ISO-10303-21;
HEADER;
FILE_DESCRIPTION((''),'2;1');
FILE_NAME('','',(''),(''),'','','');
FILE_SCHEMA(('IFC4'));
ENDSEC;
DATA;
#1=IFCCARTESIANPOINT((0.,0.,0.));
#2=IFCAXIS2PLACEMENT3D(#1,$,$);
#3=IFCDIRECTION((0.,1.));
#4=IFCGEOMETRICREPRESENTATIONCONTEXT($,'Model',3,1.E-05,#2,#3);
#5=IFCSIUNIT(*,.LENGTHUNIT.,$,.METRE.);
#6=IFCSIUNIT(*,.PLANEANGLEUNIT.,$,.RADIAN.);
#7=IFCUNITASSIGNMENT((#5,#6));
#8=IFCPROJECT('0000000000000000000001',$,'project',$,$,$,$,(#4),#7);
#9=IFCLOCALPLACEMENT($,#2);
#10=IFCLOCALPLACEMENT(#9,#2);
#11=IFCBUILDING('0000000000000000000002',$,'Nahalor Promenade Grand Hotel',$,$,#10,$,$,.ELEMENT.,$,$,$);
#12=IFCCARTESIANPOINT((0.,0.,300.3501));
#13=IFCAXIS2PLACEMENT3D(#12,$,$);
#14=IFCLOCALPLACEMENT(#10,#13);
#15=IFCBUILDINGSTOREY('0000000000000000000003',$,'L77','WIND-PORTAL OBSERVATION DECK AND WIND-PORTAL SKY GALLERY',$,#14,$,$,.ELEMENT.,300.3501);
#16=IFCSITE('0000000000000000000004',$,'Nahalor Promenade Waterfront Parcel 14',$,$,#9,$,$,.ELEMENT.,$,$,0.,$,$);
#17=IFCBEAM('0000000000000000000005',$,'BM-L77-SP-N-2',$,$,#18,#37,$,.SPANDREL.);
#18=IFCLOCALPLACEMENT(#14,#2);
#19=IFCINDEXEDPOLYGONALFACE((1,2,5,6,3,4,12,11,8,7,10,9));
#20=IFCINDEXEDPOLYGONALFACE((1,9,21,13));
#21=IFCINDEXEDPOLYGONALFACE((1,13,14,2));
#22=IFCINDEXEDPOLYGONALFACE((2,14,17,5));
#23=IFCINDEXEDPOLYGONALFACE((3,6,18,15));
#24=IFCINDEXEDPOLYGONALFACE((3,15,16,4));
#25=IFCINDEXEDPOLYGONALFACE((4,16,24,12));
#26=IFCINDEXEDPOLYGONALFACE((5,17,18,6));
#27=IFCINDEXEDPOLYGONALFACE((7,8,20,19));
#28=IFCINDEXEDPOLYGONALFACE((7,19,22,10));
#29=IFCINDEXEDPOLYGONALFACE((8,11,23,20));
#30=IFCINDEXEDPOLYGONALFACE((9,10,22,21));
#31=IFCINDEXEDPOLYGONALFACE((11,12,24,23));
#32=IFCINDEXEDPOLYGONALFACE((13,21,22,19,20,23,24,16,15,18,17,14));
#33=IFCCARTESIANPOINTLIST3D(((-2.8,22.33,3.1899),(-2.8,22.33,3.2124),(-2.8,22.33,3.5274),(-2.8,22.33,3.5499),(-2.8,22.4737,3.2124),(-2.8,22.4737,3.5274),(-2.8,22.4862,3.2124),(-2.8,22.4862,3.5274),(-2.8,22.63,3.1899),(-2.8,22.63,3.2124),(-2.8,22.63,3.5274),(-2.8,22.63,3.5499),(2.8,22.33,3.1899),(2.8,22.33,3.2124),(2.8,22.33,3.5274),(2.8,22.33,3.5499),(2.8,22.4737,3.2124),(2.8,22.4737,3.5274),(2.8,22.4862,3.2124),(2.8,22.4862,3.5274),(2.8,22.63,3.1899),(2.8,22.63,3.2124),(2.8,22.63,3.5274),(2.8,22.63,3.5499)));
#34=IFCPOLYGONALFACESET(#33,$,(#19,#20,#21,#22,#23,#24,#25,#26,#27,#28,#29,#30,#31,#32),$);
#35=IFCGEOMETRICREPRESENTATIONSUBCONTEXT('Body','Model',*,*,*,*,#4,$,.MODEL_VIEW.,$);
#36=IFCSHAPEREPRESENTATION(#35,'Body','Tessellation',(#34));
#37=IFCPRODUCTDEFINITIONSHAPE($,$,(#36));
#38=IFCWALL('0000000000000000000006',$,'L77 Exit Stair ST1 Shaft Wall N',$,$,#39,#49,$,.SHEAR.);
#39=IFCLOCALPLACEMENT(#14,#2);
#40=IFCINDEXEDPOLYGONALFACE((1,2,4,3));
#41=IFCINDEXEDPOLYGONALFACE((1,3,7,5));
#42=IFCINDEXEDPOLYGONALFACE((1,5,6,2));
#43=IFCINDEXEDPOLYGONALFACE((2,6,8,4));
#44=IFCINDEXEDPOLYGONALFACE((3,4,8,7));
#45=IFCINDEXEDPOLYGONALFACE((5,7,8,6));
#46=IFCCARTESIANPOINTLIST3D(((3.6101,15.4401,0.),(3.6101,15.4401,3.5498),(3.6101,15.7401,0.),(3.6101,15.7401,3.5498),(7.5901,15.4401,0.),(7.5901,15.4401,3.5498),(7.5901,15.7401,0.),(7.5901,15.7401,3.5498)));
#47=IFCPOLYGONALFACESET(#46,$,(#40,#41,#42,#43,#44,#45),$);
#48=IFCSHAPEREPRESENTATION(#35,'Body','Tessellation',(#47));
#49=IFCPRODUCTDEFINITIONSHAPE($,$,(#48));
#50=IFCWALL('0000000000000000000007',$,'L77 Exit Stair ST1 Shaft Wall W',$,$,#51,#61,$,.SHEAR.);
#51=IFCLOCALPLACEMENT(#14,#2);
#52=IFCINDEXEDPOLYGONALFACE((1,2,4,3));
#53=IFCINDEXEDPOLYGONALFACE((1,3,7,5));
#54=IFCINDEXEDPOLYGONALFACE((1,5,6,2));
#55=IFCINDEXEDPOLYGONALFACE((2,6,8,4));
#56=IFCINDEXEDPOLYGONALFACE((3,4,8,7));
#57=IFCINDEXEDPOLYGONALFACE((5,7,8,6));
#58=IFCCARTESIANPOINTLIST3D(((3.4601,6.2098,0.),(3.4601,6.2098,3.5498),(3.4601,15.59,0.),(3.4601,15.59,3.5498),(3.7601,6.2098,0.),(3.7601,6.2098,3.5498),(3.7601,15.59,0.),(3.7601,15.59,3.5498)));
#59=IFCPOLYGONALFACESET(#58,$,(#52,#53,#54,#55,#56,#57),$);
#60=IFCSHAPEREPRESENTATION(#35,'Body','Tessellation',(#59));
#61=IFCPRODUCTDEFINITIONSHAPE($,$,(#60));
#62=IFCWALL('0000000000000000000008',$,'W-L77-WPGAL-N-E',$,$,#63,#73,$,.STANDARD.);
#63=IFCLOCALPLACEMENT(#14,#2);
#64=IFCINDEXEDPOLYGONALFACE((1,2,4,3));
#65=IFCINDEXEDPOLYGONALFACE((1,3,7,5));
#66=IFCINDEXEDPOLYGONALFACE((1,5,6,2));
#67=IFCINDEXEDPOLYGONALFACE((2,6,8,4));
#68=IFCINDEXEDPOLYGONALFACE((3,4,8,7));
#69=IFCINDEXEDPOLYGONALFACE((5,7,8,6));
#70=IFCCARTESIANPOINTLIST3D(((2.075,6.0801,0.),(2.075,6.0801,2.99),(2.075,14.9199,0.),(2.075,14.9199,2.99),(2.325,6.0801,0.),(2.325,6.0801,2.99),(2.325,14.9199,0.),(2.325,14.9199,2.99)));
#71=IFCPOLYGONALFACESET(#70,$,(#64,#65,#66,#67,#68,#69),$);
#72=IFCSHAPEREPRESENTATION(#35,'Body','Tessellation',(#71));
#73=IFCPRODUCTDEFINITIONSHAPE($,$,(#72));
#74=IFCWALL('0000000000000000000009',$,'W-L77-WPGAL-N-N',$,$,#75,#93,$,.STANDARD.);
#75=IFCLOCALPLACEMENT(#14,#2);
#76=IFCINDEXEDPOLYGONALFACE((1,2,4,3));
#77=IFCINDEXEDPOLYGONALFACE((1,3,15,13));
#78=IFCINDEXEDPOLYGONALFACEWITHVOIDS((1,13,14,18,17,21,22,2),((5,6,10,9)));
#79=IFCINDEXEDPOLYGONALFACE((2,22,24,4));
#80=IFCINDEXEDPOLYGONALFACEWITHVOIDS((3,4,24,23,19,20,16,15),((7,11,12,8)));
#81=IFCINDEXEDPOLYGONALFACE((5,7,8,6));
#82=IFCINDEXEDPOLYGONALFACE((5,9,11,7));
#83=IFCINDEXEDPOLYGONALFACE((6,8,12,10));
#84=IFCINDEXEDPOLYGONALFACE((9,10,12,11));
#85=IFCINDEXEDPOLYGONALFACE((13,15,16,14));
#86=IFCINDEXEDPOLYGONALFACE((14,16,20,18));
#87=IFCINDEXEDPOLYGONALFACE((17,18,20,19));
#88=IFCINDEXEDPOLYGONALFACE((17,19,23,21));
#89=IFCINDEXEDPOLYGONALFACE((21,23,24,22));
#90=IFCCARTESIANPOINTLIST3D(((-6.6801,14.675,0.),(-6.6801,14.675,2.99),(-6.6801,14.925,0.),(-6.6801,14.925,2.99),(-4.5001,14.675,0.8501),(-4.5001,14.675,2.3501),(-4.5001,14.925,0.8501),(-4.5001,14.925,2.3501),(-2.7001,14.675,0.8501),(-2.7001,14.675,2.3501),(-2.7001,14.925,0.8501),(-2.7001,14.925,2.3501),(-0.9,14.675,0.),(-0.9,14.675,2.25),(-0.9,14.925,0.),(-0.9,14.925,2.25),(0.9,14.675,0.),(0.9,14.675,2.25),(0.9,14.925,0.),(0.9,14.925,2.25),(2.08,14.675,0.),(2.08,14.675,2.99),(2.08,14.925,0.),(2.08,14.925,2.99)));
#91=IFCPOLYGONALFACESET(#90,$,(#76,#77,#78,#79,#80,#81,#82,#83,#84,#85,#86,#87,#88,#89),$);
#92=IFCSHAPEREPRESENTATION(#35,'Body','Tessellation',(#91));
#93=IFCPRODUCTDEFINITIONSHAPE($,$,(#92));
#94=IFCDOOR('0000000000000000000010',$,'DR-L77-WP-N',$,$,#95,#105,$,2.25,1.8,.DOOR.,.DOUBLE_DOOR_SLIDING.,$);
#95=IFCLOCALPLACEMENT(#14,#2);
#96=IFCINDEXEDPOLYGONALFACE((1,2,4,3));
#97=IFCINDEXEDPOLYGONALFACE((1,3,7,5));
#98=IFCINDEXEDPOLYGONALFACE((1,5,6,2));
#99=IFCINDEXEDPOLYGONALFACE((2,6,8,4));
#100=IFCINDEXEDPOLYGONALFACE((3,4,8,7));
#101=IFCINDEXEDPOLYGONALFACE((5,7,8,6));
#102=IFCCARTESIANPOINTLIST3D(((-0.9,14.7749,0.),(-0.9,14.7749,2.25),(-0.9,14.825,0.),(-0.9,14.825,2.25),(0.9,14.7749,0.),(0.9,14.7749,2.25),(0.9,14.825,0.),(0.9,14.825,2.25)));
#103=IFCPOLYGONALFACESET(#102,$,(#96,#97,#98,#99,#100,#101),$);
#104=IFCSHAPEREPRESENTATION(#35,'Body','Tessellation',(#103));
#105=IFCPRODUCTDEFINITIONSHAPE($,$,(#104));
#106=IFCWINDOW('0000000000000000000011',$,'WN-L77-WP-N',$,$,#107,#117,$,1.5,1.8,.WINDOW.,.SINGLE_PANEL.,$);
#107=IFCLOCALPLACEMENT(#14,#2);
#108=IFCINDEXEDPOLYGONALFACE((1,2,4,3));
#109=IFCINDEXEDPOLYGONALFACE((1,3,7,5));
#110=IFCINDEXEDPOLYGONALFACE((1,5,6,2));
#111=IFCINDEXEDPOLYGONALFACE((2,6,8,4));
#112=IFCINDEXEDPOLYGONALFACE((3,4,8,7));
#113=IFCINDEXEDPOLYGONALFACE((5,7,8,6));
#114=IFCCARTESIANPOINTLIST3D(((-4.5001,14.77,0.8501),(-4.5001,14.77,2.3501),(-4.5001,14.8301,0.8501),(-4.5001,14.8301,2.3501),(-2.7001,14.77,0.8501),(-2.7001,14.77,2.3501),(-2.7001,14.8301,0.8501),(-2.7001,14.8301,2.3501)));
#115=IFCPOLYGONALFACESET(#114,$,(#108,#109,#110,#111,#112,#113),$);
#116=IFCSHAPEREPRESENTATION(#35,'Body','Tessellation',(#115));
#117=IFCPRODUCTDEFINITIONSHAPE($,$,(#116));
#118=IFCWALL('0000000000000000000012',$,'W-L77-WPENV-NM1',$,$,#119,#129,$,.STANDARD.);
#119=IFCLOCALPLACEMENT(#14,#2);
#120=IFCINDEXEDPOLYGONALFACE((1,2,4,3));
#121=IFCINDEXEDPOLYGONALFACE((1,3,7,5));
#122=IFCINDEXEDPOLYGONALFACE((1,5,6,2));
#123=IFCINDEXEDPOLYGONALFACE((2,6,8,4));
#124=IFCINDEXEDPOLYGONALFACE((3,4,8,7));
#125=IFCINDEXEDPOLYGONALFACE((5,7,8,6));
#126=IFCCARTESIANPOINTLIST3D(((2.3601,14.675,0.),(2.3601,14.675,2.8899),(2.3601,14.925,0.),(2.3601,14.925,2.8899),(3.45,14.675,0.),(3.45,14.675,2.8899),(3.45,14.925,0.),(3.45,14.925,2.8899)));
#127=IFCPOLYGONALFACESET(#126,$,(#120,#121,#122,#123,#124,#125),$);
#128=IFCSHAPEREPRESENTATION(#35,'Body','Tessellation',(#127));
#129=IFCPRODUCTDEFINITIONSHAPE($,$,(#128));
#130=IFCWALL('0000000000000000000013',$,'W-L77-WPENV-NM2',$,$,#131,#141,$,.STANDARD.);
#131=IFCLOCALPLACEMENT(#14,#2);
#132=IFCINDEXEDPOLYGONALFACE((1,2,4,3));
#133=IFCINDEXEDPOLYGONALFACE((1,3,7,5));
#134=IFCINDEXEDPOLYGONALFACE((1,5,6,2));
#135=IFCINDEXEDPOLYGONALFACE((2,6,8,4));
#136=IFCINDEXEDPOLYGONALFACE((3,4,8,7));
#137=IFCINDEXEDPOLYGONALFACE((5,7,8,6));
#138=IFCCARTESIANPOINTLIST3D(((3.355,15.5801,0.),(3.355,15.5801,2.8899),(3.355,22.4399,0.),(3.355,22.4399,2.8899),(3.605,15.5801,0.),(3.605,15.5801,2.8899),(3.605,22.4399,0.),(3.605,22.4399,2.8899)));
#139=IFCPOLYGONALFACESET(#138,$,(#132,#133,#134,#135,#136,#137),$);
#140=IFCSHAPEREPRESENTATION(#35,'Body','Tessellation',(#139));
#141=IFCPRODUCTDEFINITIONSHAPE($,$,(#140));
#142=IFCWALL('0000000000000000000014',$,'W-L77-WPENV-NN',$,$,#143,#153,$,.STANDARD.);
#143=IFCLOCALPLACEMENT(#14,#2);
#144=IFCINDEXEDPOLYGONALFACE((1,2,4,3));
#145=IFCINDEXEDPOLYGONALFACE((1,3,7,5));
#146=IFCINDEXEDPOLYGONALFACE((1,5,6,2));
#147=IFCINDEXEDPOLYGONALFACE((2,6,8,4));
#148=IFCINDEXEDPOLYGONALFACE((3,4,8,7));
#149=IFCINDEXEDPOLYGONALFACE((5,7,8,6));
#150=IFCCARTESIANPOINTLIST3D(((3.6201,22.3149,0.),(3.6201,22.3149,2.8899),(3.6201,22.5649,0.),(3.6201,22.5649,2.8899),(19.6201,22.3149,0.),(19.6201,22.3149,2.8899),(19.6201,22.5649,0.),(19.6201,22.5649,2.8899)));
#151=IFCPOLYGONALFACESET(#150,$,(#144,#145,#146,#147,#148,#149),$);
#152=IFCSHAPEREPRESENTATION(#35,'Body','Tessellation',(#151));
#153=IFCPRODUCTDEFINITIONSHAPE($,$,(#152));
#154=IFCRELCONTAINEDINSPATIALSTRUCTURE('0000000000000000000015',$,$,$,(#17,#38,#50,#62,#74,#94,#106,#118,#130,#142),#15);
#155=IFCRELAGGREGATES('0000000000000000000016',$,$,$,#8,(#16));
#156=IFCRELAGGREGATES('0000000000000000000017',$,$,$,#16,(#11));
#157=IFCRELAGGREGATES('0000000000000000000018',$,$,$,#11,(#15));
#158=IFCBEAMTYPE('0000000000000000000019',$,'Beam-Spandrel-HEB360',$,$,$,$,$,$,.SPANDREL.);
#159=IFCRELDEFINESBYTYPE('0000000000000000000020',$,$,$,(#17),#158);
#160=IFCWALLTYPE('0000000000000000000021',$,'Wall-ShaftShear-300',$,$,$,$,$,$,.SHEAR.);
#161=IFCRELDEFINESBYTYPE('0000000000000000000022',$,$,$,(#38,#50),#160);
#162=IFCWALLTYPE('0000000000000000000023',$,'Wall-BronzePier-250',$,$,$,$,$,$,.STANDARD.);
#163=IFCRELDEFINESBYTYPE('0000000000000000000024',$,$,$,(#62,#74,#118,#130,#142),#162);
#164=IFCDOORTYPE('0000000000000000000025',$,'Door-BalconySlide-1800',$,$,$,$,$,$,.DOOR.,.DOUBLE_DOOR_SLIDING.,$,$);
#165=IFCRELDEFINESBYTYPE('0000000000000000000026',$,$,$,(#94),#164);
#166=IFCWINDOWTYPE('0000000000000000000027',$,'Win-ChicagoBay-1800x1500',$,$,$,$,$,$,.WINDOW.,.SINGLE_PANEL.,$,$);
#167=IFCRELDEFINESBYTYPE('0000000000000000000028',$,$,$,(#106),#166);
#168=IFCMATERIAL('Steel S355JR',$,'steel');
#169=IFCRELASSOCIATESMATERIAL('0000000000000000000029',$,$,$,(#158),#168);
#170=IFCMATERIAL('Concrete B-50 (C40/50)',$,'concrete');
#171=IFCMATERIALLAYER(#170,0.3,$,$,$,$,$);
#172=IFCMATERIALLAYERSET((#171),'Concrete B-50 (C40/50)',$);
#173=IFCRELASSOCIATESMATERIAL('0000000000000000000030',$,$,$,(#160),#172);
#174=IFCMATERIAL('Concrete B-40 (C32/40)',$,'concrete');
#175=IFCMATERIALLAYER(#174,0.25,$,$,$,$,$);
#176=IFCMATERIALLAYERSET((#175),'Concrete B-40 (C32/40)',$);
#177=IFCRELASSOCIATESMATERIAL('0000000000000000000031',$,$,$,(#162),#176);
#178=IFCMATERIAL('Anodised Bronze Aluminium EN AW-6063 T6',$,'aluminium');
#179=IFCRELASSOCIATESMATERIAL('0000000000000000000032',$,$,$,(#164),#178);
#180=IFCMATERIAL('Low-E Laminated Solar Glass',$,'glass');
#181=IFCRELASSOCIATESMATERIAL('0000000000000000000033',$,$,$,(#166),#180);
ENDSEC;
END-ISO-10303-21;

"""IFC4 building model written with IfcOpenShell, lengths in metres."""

from ifc_helpers import new_model, si_unit, direction, frame, frame_2d, origin, origin_2d, place, context, subcontext, project, spatial, rectangle, i_section, extrude, source, transform, mapped, material, layer, layer_set, material_profile, profile_set, type_object, element, fill, save


model = new_model("IFC4")

# Units and contexts
model_context = context("Model", 3, precision=1e-05, world=origin(), true_north=direction((0.0, 1.0)))
body_context = subcontext(model_context, "Body", "Model", "MODEL_VIEW")
ifc_project = project(units=[si_unit("LENGTHUNIT", "METRE"), si_unit("PLANEANGLEUNIT", "RADIAN")], contexts=[model_context])

# Site, building, storey
site_placement = place(None, origin())
site = spatial("IfcSite", under=ifc_project, at=site_placement, Name="Nahalor Promenade Waterfront Parcel 14", CompositionType="ELEMENT", RefElevation=0.0)
building_placement = place(site_placement, origin())
building = spatial("IfcBuilding", under=site, at=building_placement, Name="Nahalor Promenade Grand Hotel", CompositionType="ELEMENT")
storey_placement = place(building_placement, frame((0.0, 0.0, 300.3501)))
storey = spatial("IfcBuildingStorey", under=building, at=storey_placement, Name="L77", Description="WIND-PORTAL OBSERVATION DECK AND WIND-PORTAL SKY GALLERY", CompositionType="ELEMENT", Elevation=300.3501)

# Shared definitions
ifc_material_1 = material(Name="Concrete B-50 (C40/50)", Category="concrete")
ifc_material_2 = material(Name="Steel S355JR", Category="steel")

# Beam
ifc_material_profile_1 = material_profile(ifc_material_2, i_section(OverallWidth=0.3, OverallDepth=0.36, WebThickness=0.0125, FlangeThickness=0.0225, at=origin_2d()), Name="HEB 360")
ifc_profile_set_1 = profile_set([ifc_material_profile_1], Name="Steel S355JR")
beam_type_1 = type_object("IfcBeamType", Name="Beam-Spandrel-HEB360", PredefinedType="SPANDREL", material=ifc_profile_set_1)
shared_shape_1 = source(origin(), body_context, "Body", "SweptSolid", [
    extrude(i_section(OverallWidth=0.3, OverallDepth=0.36, WebThickness=0.0125, FlangeThickness=0.0225, at=origin_2d()), origin(), (0.0, 0.0, 1.0), 5.6001),
])
beam_1_placement = place(storey_placement, frame((-2.8, 22.48, 3.3699), z_axis=(1.0, 0.0, 0.0), x_axis=(0.0, 1.0, 0.0)))
element("IfcBeam", 1, at=beam_1_placement, inside=storey, type_object=beam_type_1, Name="BM-L77-SP-N-2", PredefinedType="SPANDREL", context=body_context, shape_type="MappedRepresentation", body=[
    mapped(shared_shape_1, transform((0.0, 0.0, 0.0), scale=1.0)),
])

# Shared definitions
ifc_layer_1 = layer(ifc_material_1, 0.3)
ifc_layer_set_1 = layer_set([ifc_layer_1], Name="Concrete B-50 (C40/50)")
wall_type_1 = type_object("IfcWallType", Name="Wall-ShaftShear-300", PredefinedType="SHEAR", material=ifc_layer_set_1)
shared_shape_2 = source(origin(), body_context, "Body", "SweptSolid", [
    extrude(rectangle(XDim=3.98, YDim=0.3, at=frame_2d((1.99, 0.0))), origin(), (0.0, 0.0, 1.0), 3.5498),
])

# Walls
wall_1_placement = place(storey_placement, frame((3.6101, 15.5901, 0.0), z_axis=(0.0, 0.0, 1.0), x_axis=(1.0, 0.0, 0.0)))
element("IfcWall", 2, at=wall_1_placement, inside=storey, type_object=wall_type_1, Name="L77 Exit Stair ST1 Shaft Wall N", PredefinedType="SHEAR", context=body_context, shape_type="MappedRepresentation", body=[
    mapped(shared_shape_2, transform((0.0, 0.0, 0.0), scale=1.0)),
])
shared_shape_3 = source(origin(), body_context, "Body", "SweptSolid", [
    extrude(rectangle(XDim=9.3801, YDim=0.3, at=frame_2d((4.6899, 0.0))), origin(), (0.0, 0.0, 1.0), 3.5498),
])
wall_2_placement = place(storey_placement, frame((3.6101, 6.21, 0.0), z_axis=(0.0, 0.0, 1.0), x_axis=(0.0, 1.0, 0.0)))
element("IfcWall", 3, at=wall_2_placement, inside=storey, type_object=wall_type_1, Name="L77 Exit Stair ST1 Shaft Wall W", PredefinedType="SHEAR", context=body_context, shape_type="MappedRepresentation", body=[
    mapped(shared_shape_3, transform((0.0, 0.0, 0.0), scale=1.0)),
])
ifc_material_3 = material(Name="Concrete B-40 (C32/40)", Category="concrete")
ifc_layer_2 = layer(ifc_material_3, 0.25)
ifc_layer_set_2 = layer_set([ifc_layer_2], Name="Concrete B-40 (C32/40)")
wall_type_2 = type_object("IfcWallType", Name="Wall-BronzePier-250", PredefinedType="STANDARD", material=ifc_layer_set_2)
shared_shape_4 = source(origin(), body_context, "Body", "SweptSolid", [
    extrude(rectangle(XDim=8.8398, YDim=0.25, at=frame_2d((4.4199, 0.0))), origin(), (0.0, 0.0, 1.0), 2.99),
])
wall_3_placement = place(storey_placement, frame((2.2, 6.0801, 0.0), z_axis=(0.0, 0.0, 1.0), x_axis=(0.0, 1.0, 0.0)))
element("IfcWall", 4, at=wall_3_placement, inside=storey, type_object=wall_type_2, Name="W-L77-WPGAL-N-E", PredefinedType="STANDARD", context=body_context, shape_type="MappedRepresentation", body=[
    mapped(shared_shape_4, transform((0.0, 0.0, 0.0), scale=1.0)),
])

# Wall, openings, door, window
shared_shape_5 = source(origin(), body_context, "Body", "SweptSolid", [
    extrude(rectangle(XDim=8.76, YDim=0.25, at=frame_2d((4.3799, 0.0))), origin(), (0.0, 0.0, 1.0), 2.99),
])
wall_4_placement = place(storey_placement, frame((-6.6799, 14.8, 0.0), z_axis=(0.0, 0.0, 1.0), x_axis=(1.0, 0.0, 0.0)))
wall_4 = element("IfcWall", 5, at=wall_4_placement, inside=storey, type_object=wall_type_2, Name="W-L77-WPGAL-N-N", PredefinedType="STANDARD", context=body_context, shape_type="MappedRepresentation", body=[
    mapped(shared_shape_5, transform((0.0, 0.0, 0.0), scale=1.0)),
])
opening_1_placement = place(wall_4_placement, frame((5.78, 0.0, 0.0)))
opening_1 = element("IfcOpeningElement", 6, at=opening_1_placement, cuts=wall_4, PredefinedType="OPENING", context=body_context, shape_type="SweptSolid", body=[
    extrude(rectangle(XDim=1.8, YDim=2.25, at=frame_2d((0.8999, 1.125))), frame((0.0, 0.135, 0.0), z_axis=(0.0, -1.0, 0.0), x_axis=(1.0, 0.0, 0.0)), (0.0, 0.0, 1.0), 0.27),
])
opening_2_placement = place(wall_4_placement, frame((2.1799, 0.0, 0.8501)))
opening_2 = element("IfcOpeningElement", 7, at=opening_2_placement, cuts=wall_4, PredefinedType="OPENING", context=body_context, shape_type="SweptSolid", body=[
    extrude(rectangle(XDim=1.8, YDim=1.5, at=frame_2d((0.8999, 0.75))), frame((0.0, 0.135, 0.0), z_axis=(0.0, -1.0, 0.0), x_axis=(1.0, 0.0, 0.0)), (0.0, 0.0, 1.0), 0.27),
])
ifc_material_4 = material(Name="Anodised Bronze Aluminium EN AW-6063 T6", Category="aluminium")
door_type_1 = type_object("IfcDoorType", Name="Door-BalconySlide-1800", OperationType="DOUBLE_DOOR_SLIDING", PredefinedType="DOOR", material=ifc_material_4)
shared_shape_6 = source(origin(), body_context, "Body", "SweptSolid", [
    extrude(rectangle(XDim=1.8, YDim=2.25, at=frame_2d((0.8999, 1.125))), frame((0.0, 0.0249, 0.0), z_axis=(0.0, -1.0, 0.0), x_axis=(1.0, 0.0, 0.0)), (0.0, 0.0, 1.0), 0.05),
])
door_1_placement = place(opening_1_placement, origin())
door_1 = element("IfcDoor", 8, at=door_1_placement, inside=storey, type_object=door_type_1, Name="DR-L77-WP-N", OperationType="DOUBLE_DOOR_SLIDING", OverallHeight=2.25, OverallWidth=1.8, PredefinedType="DOOR", context=body_context, shape_type="MappedRepresentation", body=[
    mapped(shared_shape_6, transform((0.0, 0.0, 0.0), scale=1.0)),
])
fill(opening_1, door_1)
ifc_material_5 = material(Name="Low-E Laminated Solar Glass", Category="glass")
window_type = type_object("IfcWindowType", Name="Win-ChicagoBay-1800x1500", PartitioningType="SINGLE_PANEL", PredefinedType="WINDOW", material=ifc_material_5)
shared_shape_7 = source(origin(), body_context, "Body", "SweptSolid", [
    extrude(rectangle(XDim=1.8, YDim=1.5, at=frame_2d((0.8999, 0.75))), frame((0.0, 0.03, 0.0), z_axis=(0.0, -1.0, 0.0), x_axis=(1.0, 0.0, 0.0)), (0.0, 0.0, 1.0), 0.0601),
])
window_placement = place(opening_2_placement, origin())
window = element("IfcWindow", 9, at=window_placement, inside=storey, type_object=window_type, Name="WN-L77-WP-N", OverallHeight=1.5, OverallWidth=1.8, PartitioningType="SINGLE_PANEL", PredefinedType="WINDOW", context=body_context, shape_type="MappedRepresentation", body=[
    mapped(shared_shape_7, transform((0.0, 0.0, 0.0), scale=1.0)),
])
fill(opening_2, window)

# Walls
shared_shape_8 = source(origin(), body_context, "Body", "SweptSolid", [
    extrude(rectangle(XDim=1.0898, YDim=0.25, at=frame_2d((0.5449, 0.0))), origin(), (0.0, 0.0, 1.0), 2.8899),
])
wall_5_placement = place(storey_placement, frame((2.3601, 14.8, 0.0), z_axis=(0.0, 0.0, 1.0), x_axis=(1.0, 0.0, 0.0)))
element("IfcWall", 10, at=wall_5_placement, inside=storey, type_object=wall_type_2, Name="W-L77-WPENV-NM1", PredefinedType="STANDARD", context=body_context, shape_type="MappedRepresentation", body=[
    mapped(shared_shape_8, transform((0.0, 0.0, 0.0), scale=1.0)),
])
shared_shape_9 = source(origin(), body_context, "Body", "SweptSolid", [
    extrude(rectangle(XDim=6.8599, YDim=0.25, at=frame_2d((3.4299, 0.0))), origin(), (0.0, 0.0, 1.0), 2.8899),
])
wall_6_placement = place(storey_placement, frame((3.48, 15.5801, 0.0), z_axis=(0.0, 0.0, 1.0), x_axis=(0.0, 1.0, 0.0)))
element("IfcWall", 11, at=wall_6_placement, inside=storey, type_object=wall_type_2, Name="W-L77-WPENV-NM2", PredefinedType="STANDARD", context=body_context, shape_type="MappedRepresentation", body=[
    mapped(shared_shape_9, transform((0.0, 0.0, 0.0), scale=1.0)),
])
shared_shape_10 = source(origin(), body_context, "Body", "SweptSolid", [
    extrude(rectangle(XDim=16.0, YDim=0.25, at=frame_2d((8.0, 0.0))), origin(), (0.0, 0.0, 1.0), 2.8899),
])
wall_7_placement = place(storey_placement, frame((3.6201, 22.4399, 0.0), z_axis=(0.0, 0.0, 1.0), x_axis=(1.0, 0.0, 0.0)))
element("IfcWall", 12, at=wall_7_placement, inside=storey, type_object=wall_type_2, Name="W-L77-WPENV-NN", PredefinedType="STANDARD", context=body_context, shape_type="MappedRepresentation", body=[
    mapped(shared_shape_10, transform((0.0, 0.0, 0.0), scale=1.0)),
])

save(model, "model.ifc")
